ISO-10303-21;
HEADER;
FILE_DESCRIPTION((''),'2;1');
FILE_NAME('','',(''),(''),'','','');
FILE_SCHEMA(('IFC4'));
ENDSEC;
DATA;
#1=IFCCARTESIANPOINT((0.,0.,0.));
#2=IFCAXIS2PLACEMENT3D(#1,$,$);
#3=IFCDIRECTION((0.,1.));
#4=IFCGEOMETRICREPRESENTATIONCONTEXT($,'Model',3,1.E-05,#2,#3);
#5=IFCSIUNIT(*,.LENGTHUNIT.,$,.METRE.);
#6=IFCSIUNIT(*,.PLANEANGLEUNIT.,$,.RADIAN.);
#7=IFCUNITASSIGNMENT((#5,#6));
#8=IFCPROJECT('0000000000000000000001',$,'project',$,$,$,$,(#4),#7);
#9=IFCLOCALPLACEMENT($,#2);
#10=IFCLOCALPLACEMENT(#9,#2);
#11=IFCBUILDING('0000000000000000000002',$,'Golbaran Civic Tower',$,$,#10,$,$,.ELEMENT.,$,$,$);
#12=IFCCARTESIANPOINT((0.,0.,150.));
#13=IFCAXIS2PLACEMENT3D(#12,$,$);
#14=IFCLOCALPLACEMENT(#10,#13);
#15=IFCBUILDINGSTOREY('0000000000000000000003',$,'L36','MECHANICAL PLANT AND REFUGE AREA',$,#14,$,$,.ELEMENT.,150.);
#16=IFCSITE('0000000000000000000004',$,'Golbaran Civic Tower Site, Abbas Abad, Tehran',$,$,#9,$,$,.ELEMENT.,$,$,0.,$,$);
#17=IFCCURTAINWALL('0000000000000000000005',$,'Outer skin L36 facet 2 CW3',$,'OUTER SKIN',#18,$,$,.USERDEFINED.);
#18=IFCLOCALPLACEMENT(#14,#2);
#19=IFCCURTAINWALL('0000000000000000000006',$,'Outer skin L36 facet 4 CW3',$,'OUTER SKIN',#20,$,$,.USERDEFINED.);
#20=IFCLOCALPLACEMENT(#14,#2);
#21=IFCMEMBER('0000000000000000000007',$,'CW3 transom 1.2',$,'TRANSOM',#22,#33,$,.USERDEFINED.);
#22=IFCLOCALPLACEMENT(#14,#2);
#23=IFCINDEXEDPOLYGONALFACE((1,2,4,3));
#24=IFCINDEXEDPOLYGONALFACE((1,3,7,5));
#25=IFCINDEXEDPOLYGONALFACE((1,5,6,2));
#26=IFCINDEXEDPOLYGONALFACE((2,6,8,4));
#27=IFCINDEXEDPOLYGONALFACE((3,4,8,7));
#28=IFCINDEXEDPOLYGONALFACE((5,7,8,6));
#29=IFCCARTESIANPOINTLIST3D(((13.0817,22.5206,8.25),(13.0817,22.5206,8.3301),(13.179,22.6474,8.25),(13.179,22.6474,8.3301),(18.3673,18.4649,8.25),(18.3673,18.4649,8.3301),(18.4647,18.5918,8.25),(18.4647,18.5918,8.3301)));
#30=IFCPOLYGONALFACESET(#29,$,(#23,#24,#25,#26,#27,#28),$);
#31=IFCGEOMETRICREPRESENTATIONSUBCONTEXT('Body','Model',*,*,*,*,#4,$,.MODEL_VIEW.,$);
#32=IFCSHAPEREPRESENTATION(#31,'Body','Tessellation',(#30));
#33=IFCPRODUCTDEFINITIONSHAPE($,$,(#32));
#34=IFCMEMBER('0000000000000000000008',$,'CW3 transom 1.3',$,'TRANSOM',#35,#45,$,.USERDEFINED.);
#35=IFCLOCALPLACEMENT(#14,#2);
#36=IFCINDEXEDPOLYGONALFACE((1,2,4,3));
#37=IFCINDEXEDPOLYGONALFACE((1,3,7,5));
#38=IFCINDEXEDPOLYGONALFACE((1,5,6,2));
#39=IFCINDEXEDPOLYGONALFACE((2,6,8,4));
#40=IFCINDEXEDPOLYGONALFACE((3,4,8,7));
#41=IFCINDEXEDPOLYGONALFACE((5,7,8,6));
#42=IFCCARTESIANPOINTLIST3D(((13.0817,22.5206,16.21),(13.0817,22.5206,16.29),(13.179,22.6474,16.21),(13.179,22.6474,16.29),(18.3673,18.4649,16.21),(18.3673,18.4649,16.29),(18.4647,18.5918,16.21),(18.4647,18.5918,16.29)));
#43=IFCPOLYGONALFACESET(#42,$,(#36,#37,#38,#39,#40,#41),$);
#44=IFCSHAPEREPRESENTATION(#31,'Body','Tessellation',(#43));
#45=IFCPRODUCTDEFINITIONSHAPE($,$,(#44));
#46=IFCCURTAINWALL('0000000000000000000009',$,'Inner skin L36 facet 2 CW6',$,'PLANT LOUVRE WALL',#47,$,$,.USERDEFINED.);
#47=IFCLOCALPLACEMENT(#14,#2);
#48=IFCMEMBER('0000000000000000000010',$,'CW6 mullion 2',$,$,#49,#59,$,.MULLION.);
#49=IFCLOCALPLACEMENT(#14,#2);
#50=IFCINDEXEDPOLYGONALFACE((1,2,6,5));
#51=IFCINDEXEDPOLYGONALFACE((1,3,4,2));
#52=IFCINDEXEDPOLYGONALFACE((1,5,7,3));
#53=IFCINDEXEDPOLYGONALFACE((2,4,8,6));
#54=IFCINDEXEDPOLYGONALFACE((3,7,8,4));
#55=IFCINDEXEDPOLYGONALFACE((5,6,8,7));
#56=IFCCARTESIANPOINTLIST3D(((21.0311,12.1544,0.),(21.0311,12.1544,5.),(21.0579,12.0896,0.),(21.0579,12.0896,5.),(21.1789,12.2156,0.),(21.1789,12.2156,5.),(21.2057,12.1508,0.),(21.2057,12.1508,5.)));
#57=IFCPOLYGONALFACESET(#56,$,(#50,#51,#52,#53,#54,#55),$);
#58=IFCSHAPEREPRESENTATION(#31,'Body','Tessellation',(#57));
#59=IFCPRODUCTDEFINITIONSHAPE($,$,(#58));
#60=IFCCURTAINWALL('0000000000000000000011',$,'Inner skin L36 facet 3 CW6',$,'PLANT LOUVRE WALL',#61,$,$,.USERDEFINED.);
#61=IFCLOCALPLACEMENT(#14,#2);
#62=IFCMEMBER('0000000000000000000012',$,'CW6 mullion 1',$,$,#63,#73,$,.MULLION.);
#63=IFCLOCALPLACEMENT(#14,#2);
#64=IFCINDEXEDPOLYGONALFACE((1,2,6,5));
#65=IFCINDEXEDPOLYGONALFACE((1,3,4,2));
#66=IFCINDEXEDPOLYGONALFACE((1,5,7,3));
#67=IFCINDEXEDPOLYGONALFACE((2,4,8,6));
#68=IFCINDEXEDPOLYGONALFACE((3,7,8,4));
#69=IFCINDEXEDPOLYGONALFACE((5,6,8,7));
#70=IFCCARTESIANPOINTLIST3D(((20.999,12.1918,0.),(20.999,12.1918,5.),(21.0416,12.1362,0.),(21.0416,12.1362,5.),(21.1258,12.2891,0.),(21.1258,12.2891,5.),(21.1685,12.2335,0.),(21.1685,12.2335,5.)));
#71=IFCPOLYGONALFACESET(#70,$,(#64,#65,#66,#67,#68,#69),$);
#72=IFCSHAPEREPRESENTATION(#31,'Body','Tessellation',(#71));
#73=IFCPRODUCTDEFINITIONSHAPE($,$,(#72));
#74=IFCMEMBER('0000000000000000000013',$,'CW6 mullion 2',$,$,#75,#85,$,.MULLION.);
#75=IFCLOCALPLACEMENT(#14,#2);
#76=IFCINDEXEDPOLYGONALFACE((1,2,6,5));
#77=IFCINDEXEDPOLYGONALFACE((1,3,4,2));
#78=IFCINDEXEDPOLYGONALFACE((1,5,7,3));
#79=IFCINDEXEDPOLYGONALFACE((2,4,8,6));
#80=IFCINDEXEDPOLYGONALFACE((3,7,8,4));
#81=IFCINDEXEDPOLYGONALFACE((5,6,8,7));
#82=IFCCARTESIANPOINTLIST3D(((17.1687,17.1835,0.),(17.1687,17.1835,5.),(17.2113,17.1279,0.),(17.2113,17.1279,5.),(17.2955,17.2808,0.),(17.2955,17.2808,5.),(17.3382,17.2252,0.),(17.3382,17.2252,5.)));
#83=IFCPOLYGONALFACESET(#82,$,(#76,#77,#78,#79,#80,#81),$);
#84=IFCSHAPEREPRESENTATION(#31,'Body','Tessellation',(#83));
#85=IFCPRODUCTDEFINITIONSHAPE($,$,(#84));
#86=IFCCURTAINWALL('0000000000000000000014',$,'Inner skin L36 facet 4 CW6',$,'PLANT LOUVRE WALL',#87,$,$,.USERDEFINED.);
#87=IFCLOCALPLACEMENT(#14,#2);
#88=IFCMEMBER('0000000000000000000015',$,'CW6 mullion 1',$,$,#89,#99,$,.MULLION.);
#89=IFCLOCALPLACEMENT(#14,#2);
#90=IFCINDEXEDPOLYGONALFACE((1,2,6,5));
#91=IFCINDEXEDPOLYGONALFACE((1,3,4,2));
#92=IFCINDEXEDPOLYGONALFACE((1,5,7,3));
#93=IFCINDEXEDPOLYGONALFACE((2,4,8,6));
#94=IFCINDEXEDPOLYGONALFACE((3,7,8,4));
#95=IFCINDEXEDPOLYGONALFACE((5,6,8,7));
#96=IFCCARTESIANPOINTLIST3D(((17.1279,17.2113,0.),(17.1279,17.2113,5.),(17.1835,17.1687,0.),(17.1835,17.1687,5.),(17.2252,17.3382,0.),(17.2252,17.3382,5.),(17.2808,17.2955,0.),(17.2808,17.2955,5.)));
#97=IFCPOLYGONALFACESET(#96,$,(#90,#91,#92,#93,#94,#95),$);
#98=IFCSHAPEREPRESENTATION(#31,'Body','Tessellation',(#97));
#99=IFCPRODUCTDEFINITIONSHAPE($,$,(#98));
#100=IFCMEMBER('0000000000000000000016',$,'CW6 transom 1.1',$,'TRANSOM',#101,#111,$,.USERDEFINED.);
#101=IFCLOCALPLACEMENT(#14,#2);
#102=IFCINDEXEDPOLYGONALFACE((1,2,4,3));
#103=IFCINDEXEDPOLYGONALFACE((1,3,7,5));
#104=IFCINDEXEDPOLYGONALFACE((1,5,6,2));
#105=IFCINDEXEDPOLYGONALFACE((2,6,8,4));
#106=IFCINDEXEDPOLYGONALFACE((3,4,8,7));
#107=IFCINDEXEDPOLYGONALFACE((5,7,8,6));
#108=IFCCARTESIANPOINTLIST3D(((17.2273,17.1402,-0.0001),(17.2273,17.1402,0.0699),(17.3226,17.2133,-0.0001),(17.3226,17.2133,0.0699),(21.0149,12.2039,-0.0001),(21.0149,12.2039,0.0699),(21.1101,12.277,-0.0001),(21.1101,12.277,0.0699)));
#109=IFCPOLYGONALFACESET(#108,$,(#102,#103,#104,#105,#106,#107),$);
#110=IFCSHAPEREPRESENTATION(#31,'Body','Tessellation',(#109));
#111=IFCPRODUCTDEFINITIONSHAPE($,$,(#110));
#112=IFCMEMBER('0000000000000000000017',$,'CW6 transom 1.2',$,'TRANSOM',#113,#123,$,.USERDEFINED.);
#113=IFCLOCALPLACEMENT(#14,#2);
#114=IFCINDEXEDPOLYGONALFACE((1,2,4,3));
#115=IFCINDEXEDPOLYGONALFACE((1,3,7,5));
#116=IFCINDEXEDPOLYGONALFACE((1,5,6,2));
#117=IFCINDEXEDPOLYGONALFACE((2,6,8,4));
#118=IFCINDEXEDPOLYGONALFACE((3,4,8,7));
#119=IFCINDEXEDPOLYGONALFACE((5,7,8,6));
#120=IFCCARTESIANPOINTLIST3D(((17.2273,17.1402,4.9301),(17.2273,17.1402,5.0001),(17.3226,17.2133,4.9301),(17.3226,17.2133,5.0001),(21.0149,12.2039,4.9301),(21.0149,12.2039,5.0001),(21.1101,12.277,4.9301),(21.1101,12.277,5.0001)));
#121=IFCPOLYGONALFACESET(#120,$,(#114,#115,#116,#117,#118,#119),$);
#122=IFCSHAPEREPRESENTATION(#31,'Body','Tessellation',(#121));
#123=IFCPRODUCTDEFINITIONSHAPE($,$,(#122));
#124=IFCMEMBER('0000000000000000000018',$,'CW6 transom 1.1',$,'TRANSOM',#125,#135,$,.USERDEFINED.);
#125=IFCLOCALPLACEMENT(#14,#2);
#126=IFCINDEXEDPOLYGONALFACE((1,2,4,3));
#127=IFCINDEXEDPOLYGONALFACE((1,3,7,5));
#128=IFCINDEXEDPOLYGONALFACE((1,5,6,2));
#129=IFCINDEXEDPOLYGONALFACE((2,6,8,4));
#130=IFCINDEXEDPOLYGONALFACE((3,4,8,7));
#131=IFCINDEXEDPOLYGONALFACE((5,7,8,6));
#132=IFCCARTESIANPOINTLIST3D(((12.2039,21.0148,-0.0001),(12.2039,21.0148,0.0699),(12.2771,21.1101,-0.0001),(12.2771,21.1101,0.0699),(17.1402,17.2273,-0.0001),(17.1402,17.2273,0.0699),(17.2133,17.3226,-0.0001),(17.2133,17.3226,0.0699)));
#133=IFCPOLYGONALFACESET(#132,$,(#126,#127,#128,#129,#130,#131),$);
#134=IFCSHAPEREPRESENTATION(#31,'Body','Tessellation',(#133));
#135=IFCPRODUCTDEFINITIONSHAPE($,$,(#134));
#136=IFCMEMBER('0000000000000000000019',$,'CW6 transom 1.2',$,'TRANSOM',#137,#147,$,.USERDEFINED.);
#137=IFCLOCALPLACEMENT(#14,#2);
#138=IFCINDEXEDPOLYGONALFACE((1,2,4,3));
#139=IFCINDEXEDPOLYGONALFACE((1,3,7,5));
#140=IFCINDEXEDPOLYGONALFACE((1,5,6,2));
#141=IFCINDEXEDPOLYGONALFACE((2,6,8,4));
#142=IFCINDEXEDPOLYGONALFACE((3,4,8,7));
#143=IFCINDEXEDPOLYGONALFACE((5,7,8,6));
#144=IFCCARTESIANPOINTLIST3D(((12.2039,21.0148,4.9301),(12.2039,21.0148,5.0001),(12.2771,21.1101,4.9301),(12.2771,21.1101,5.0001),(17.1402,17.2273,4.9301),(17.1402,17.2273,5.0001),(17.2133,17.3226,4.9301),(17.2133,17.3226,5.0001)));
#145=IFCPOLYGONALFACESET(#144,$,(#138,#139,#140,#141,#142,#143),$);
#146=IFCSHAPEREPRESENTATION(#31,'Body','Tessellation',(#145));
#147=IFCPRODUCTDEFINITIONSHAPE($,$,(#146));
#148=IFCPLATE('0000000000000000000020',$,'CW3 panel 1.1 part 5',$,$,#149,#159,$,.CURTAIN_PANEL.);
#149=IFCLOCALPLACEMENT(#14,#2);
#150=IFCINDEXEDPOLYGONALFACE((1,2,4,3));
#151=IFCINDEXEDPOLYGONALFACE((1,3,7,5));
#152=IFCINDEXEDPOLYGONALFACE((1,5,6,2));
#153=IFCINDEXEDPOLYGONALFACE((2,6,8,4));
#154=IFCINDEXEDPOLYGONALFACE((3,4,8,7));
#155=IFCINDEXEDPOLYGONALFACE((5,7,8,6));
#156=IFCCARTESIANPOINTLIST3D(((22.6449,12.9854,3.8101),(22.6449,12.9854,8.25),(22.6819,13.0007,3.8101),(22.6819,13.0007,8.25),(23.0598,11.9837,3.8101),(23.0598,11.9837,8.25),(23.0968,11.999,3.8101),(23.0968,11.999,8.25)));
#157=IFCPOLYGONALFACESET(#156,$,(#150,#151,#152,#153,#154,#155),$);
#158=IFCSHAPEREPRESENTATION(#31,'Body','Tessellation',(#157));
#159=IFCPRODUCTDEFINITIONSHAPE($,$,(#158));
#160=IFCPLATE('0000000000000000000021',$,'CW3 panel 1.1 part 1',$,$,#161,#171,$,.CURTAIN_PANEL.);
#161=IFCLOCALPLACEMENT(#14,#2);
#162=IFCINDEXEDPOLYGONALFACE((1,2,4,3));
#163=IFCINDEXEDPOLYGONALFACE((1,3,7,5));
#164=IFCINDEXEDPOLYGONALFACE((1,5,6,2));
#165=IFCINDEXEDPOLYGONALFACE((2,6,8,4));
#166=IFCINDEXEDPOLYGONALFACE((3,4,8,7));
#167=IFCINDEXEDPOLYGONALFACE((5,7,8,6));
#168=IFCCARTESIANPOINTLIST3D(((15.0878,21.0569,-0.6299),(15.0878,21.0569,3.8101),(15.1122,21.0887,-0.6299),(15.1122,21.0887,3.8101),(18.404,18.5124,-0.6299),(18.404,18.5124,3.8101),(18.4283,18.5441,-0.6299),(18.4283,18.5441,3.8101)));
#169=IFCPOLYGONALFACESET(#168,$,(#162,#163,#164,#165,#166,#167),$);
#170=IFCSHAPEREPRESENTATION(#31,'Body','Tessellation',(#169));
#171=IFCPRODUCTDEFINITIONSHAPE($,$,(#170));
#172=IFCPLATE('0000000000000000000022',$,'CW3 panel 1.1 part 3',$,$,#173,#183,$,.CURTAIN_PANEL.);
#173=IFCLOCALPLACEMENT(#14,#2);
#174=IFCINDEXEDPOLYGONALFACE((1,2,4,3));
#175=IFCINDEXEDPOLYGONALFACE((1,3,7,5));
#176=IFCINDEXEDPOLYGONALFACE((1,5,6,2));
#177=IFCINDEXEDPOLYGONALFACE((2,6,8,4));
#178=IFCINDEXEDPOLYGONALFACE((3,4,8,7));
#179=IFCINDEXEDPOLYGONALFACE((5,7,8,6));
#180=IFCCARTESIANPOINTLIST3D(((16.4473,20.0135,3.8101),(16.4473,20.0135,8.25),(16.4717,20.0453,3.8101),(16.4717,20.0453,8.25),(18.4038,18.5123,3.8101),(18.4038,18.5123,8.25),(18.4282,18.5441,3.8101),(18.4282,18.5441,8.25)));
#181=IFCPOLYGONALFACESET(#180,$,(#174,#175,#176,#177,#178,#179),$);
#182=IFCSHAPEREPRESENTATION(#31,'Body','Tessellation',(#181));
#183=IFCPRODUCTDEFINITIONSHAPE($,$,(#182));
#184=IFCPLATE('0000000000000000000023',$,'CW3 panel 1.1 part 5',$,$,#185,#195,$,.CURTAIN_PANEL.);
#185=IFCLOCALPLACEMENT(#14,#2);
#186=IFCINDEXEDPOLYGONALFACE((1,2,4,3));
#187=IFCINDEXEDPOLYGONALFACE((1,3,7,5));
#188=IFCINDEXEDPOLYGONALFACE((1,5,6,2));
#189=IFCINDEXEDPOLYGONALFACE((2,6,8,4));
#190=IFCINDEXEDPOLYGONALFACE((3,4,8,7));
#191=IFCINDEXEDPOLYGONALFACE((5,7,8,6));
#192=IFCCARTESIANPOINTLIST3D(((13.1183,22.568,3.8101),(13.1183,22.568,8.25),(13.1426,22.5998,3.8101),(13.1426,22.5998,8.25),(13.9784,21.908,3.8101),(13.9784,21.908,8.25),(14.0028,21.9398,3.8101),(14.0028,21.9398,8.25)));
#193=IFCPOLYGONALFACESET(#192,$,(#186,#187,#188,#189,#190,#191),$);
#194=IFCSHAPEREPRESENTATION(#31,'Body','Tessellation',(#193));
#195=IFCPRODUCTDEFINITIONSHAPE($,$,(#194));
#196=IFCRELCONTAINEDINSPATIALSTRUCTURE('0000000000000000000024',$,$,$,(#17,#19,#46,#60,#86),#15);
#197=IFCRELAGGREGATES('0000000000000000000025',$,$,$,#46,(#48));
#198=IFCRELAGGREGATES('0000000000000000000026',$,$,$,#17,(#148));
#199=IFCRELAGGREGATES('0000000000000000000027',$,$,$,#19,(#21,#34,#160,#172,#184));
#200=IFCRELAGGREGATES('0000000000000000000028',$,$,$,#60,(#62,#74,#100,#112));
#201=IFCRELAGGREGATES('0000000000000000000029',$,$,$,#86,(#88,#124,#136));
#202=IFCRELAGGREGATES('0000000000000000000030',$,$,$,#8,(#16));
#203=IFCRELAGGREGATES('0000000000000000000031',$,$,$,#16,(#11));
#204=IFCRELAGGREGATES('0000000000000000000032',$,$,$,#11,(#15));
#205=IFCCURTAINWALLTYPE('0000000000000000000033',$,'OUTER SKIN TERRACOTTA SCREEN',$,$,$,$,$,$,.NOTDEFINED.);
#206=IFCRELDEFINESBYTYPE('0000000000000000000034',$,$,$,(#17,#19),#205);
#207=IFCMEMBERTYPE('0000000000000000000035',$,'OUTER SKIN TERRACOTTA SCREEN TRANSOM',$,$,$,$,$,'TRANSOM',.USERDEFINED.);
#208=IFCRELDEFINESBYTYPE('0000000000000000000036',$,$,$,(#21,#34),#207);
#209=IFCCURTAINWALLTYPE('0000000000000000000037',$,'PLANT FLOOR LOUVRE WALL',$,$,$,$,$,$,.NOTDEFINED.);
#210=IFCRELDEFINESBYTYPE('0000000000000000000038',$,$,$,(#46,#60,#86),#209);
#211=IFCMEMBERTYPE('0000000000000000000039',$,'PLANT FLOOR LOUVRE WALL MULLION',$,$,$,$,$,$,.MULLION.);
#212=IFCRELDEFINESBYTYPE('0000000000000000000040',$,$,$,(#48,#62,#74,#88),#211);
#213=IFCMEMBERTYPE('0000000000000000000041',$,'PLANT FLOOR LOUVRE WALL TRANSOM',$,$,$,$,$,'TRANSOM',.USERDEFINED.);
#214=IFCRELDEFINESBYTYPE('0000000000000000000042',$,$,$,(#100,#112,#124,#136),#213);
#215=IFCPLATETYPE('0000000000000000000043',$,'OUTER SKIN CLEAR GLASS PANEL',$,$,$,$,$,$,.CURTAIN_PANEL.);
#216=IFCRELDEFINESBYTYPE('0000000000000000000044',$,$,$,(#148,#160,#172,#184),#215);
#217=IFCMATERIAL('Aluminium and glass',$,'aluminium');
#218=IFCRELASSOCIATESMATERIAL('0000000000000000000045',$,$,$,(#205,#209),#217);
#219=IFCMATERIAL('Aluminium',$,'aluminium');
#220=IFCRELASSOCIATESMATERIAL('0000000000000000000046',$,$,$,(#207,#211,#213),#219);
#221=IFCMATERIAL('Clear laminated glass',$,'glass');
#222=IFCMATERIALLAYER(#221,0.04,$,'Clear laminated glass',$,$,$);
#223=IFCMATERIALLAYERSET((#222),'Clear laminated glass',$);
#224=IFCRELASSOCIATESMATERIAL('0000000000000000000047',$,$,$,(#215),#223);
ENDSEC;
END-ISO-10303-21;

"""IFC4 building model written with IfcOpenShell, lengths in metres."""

from ifc_helpers import new_model, si_unit, direction, frame, origin, origin_2d, place, context, subcontext, project, spatial, rectangle, extrude, material, layer, layer_set, material_profile, profile_set, type_object, element, aggregate, save


model = new_model("IFC4")

# Units and contexts
model_context = context("Model", 3, precision=1e-05, world=origin(), true_north=direction((0.0, 1.0)))
body_context = subcontext(model_context, "Body", "Model", "MODEL_VIEW")
ifc_project = project(units=[si_unit("LENGTHUNIT", "METRE"), si_unit("PLANEANGLEUNIT", "RADIAN")], contexts=[model_context])

# Site, building, storey
site_placement = place(None, origin())
site = spatial("IfcSite", under=ifc_project, at=site_placement, Name="Golbaran Civic Tower Site, Abbas Abad, Tehran", CompositionType="ELEMENT", RefElevation=0.0)
building_placement = place(site_placement, origin())
building = spatial("IfcBuilding", under=site, at=building_placement, Name="Golbaran Civic Tower", CompositionType="ELEMENT")
storey_placement = place(building_placement, frame((0.0, 0.0, 150.0)))
storey = spatial("IfcBuildingStorey", under=building, at=storey_placement, Name="L36", Description="MECHANICAL PLANT AND REFUGE AREA", CompositionType="ELEMENT", Elevation=150.0)

# Curtain wall
ifc_material_1 = material(Name="Aluminium and glass", Category="aluminium")
curtain_wall_type_1 = type_object("IfcCurtainWallType", Name="OUTER SKIN TERRACOTTA SCREEN", PredefinedType="NOTDEFINED", material=ifc_material_1)
curtain_wall_1_placement = place(storey_placement, origin())
curtain_wall_1 = element("IfcCurtainWall", 1, at=curtain_wall_1_placement, inside=storey, type_object=curtain_wall_type_1, Name="Outer skin L36 facet 2 CW3", ObjectType="OUTER SKIN", PredefinedType="USERDEFINED")
ifc_material_2 = material(Name="Aluminium", Category="aluminium")

# Curtain wall
curtain_wall_2_placement = place(storey_placement, origin())
curtain_wall_2 = element("IfcCurtainWall", 2, at=curtain_wall_2_placement, inside=storey, type_object=curtain_wall_type_1, Name="Outer skin L36 facet 4 CW3", ObjectType="OUTER SKIN", PredefinedType="USERDEFINED")

# Members
ifc_material_profile_1 = material_profile(ifc_material_2, rectangle(XDim=0.1599, YDim=0.0801, at=origin_2d()), Name="OUTER SKIN TERRACOTTA SCREEN TRANSOM")
ifc_profile_set_1 = profile_set([ifc_material_profile_1], Name="Aluminium")
member_type_1 = type_object("IfcMemberType", Name="OUTER SKIN TERRACOTTA SCREEN TRANSOM", ElementType="TRANSOM", PredefinedType="USERDEFINED", material=ifc_profile_set_1)
member_1_placement = place(storey_placement, frame((18.416, 18.5283, 8.29), z_axis=(-0.793364, 0.608747, 0.0), x_axis=(-0.608747, -0.793364, 0.0)))
member_1 = element("IfcMember", 3, at=member_1_placement, type_object=member_type_1, Name="CW3 transom 1.2", ObjectType="TRANSOM", PredefinedType="USERDEFINED", context=body_context, shape_type="SweptSolid", body=[
    extrude(rectangle(XDim=0.1599, YDim=0.0801, at=origin_2d()), origin(), (0.0, 0.0, 1.0), 6.6624),
])
member_2_placement = place(storey_placement, frame((18.416, 18.5283, 16.25), z_axis=(-0.793364, 0.608747, 0.0), x_axis=(-0.608747, -0.793364, 0.0)))
member_2 = element("IfcMember", 4, at=member_2_placement, type_object=member_type_1, Name="CW3 transom 1.3", ObjectType="TRANSOM", PredefinedType="USERDEFINED", context=body_context, shape_type="SweptSolid", body=[
    extrude(rectangle(XDim=0.1599, YDim=0.0801, at=origin_2d()), origin(), (0.0, 0.0, 1.0), 6.6624),
])

# Curtain wall, member
curtain_wall_type_2 = type_object("IfcCurtainWallType", Name="PLANT FLOOR LOUVRE WALL", PredefinedType="NOTDEFINED", material=ifc_material_1)
curtain_wall_3_placement = place(storey_placement, origin())
curtain_wall_3 = element("IfcCurtainWall", 5, at=curtain_wall_3_placement, inside=storey, type_object=curtain_wall_type_2, Name="Inner skin L36 facet 2 CW6", ObjectType="PLANT LOUVRE WALL", PredefinedType="USERDEFINED")
ifc_material_profile_2 = material_profile(ifc_material_2, rectangle(XDim=0.1599, YDim=0.0701, at=origin_2d()), Name="PLANT FLOOR LOUVRE WALL MULLION")
ifc_profile_set_2 = profile_set([ifc_material_profile_2], Name="Aluminium")
member_type_2 = type_object("IfcMemberType", Name="PLANT FLOOR LOUVRE WALL MULLION", PredefinedType="MULLION", material=ifc_profile_set_2)
member_3_placement = place(storey_placement, frame((21.1184, 12.1526, 0.0), z_axis=(0.0, 0.0, 1.0), x_axis=(-0.92388, -0.382683, 0.0)))
member_3 = element("IfcMember", 6, at=member_3_placement, type_object=member_type_2, Name="CW6 mullion 2", PredefinedType="MULLION", context=body_context, shape_type="SweptSolid", body=[
    extrude(rectangle(XDim=0.1599, YDim=0.0701, at=origin_2d()), origin(), (0.0, 0.0, 1.0), 5.0),
])
aggregate(curtain_wall_3, [member_3])

# Curtain wall, members
curtain_wall_4_placement = place(storey_placement, origin())
curtain_wall_4 = element("IfcCurtainWall", 7, at=curtain_wall_4_placement, inside=storey, type_object=curtain_wall_type_2, Name="Inner skin L36 facet 3 CW6", ObjectType="PLANT LOUVRE WALL", PredefinedType="USERDEFINED")
member_4_placement = place(storey_placement, frame((21.0837, 12.2126, 0.0), z_axis=(0.0, 0.0, 1.0), x_axis=(-0.793353, -0.608761, 0.0)))
member_4 = element("IfcMember", 8, at=member_4_placement, type_object=member_type_2, Name="CW6 mullion 1", PredefinedType="MULLION", context=body_context, shape_type="SweptSolid", body=[
    extrude(rectangle(XDim=0.1599, YDim=0.0701, at=origin_2d()), origin(), (0.0, 0.0, 1.0), 5.0),
])
member_5_placement = place(storey_placement, frame((17.2534, 17.2043, 0.0), z_axis=(0.0, 0.0, 1.0), x_axis=(-0.793353, -0.608761, 0.0)))
member_5 = element("IfcMember", 9, at=member_5_placement, type_object=member_type_2, Name="CW6 mullion 2", PredefinedType="MULLION", context=body_context, shape_type="SweptSolid", body=[
    extrude(rectangle(XDim=0.1599, YDim=0.0701, at=origin_2d()), origin(), (0.0, 0.0, 1.0), 5.0),
])

# Curtain wall, member
curtain_wall_5_placement = place(storey_placement, origin())
curtain_wall_5 = element("IfcCurtainWall", 10, at=curtain_wall_5_placement, inside=storey, type_object=curtain_wall_type_2, Name="Inner skin L36 facet 4 CW6", ObjectType="PLANT LOUVRE WALL", PredefinedType="USERDEFINED")
member_6_placement = place(storey_placement, frame((17.2043, 17.2534, 0.0), z_axis=(0.0, 0.0, 1.0), x_axis=(-0.608761, -0.793353, 0.0)))
member_6 = element("IfcMember", 11, at=member_6_placement, type_object=member_type_2, Name="CW6 mullion 1", PredefinedType="MULLION", context=body_context, shape_type="SweptSolid", body=[
    extrude(rectangle(XDim=0.1599, YDim=0.0701, at=origin_2d()), origin(), (0.0, 0.0, 1.0), 5.0),
])

# Members
ifc_material_profile_3 = material_profile(ifc_material_2, rectangle(XDim=0.1201, YDim=0.0701, at=origin_2d()), Name="PLANT FLOOR LOUVRE WALL TRANSOM")
ifc_profile_set_3 = profile_set([ifc_material_profile_3], Name="Aluminium")
member_type_3 = type_object("IfcMemberType", Name="PLANT FLOOR LOUVRE WALL TRANSOM", ElementType="TRANSOM", PredefinedType="USERDEFINED", material=ifc_profile_set_3)
member_7_placement = place(storey_placement, frame((21.0625, 12.2405, 0.0349), z_axis=(-0.608747, 0.793364, 0.0), x_axis=(-0.793364, -0.608747, 0.0)))
member_7 = element("IfcMember", 12, at=member_7_placement, type_object=member_type_3, Name="CW6 transom 1.1", ObjectType="TRANSOM", PredefinedType="USERDEFINED", context=body_context, shape_type="SweptSolid", body=[
    extrude(rectangle(XDim=0.1201, YDim=0.0701, at=origin_2d()), origin(), (0.0, 0.0, 1.0), 6.2219),
])
member_8_placement = place(storey_placement, frame((21.0625, 12.2405, 4.9651), z_axis=(-0.608747, 0.793364, 0.0), x_axis=(-0.793364, -0.608747, 0.0)))
member_8 = element("IfcMember", 13, at=member_8_placement, type_object=member_type_3, Name="CW6 transom 1.2", ObjectType="TRANSOM", PredefinedType="USERDEFINED", context=body_context, shape_type="SweptSolid", body=[
    extrude(rectangle(XDim=0.1201, YDim=0.0701, at=origin_2d()), origin(), (0.0, 0.0, 1.0), 6.2219),
])
member_9_placement = place(storey_placement, frame((17.1768, 17.2749, 0.0349), z_axis=(-0.793364, 0.608747, 0.0), x_axis=(-0.608747, -0.793364, 0.0)))
member_9 = element("IfcMember", 14, at=member_9_placement, type_object=member_type_3, Name="CW6 transom 1.1", ObjectType="TRANSOM", PredefinedType="USERDEFINED", context=body_context, shape_type="SweptSolid", body=[
    extrude(rectangle(XDim=0.1201, YDim=0.0701, at=origin_2d()), origin(), (0.0, 0.0, 1.0), 6.2219),
])
member_10_placement = place(storey_placement, frame((17.1768, 17.2749, 4.9651), z_axis=(-0.793364, 0.608747, 0.0), x_axis=(-0.608747, -0.793364, 0.0)))
member_10 = element("IfcMember", 15, at=member_10_placement, type_object=member_type_3, Name="CW6 transom 1.2", ObjectType="TRANSOM", PredefinedType="USERDEFINED", context=body_context, shape_type="SweptSolid", body=[
    extrude(rectangle(XDim=0.1201, YDim=0.0701, at=origin_2d()), origin(), (0.0, 0.0, 1.0), 6.2219),
])

# Plates
ifc_material_3 = material(Name="Clear laminated glass", Category="glass")
ifc_layer_1 = layer(ifc_material_3, 0.04, Name="Clear laminated glass")
ifc_layer_set_1 = layer_set([ifc_layer_1], Name="Clear laminated glass")
plate_type_1 = type_object("IfcPlateType", Name="OUTER SKIN CLEAR GLASS PANEL", PredefinedType="CURTAIN_PANEL", material=ifc_layer_set_1)
plate_1_placement = place(storey_placement, frame((22.8708, 12.4922, 3.8101), z_axis=(0.0, 0.0, 1.0), x_axis=(-0.382683, 0.92388, 0.0)))
plate_1 = element("IfcPlate", 16, at=plate_1_placement, type_object=plate_type_1, Name="CW3 panel 1.1 part 5", PredefinedType="CURTAIN_PANEL", context=body_context, shape_type="SweptSolid", body=[
    extrude(rectangle(XDim=1.0842, YDim=0.04, at=origin_2d()), origin(), (0.0, 0.0, 1.0), 4.4399),
])
aggregate(curtain_wall_1, [plate_1])
plate_2_placement = place(storey_placement, frame((16.7581, 19.8005, -0.6299), z_axis=(0.0, 0.0, 1.0), x_axis=(-0.793353, 0.608761, 0.0)))
plate_2 = element("IfcPlate", 17, at=plate_2_placement, type_object=plate_type_1, Name="CW3 panel 1.1 part 1", PredefinedType="CURTAIN_PANEL", context=body_context, shape_type="SweptSolid", body=[
    extrude(rectangle(XDim=4.1799, YDim=0.04, at=origin_2d()), origin(), (0.0, 0.0, 1.0), 4.4399),
])
plate_3_placement = place(storey_placement, frame((17.4377, 19.2788, 3.8101), z_axis=(0.0, 0.0, 1.0), x_axis=(-0.793353, 0.608761, 0.0)))
plate_3 = element("IfcPlate", 18, at=plate_3_placement, type_object=plate_type_1, Name="CW3 panel 1.1 part 3", PredefinedType="CURTAIN_PANEL", context=body_context, shape_type="SweptSolid", body=[
    extrude(rectangle(XDim=2.4661, YDim=0.04, at=origin_2d()), origin(), (0.0, 0.0, 1.0), 4.4399),
])
plate_4_placement = place(storey_placement, frame((13.5605, 22.2539, 3.8101), z_axis=(0.0, 0.0, 1.0), x_axis=(-0.793353, 0.608761, 0.0)))
plate_4 = element("IfcPlate", 19, at=plate_4_placement, type_object=plate_type_1, Name="CW3 panel 1.1 part 5", PredefinedType="CURTAIN_PANEL", context=body_context, shape_type="SweptSolid", body=[
    extrude(rectangle(XDim=1.0842, YDim=0.04, at=origin_2d()), origin(), (0.0, 0.0, 1.0), 4.4399),
])
aggregate(curtain_wall_2, [member_1, member_2, plate_2, plate_3, plate_4])
aggregate(curtain_wall_4, [member_4, member_5, member_7, member_8])
aggregate(curtain_wall_5, [member_6, member_9, member_10])

save(model, "model.ifc")
